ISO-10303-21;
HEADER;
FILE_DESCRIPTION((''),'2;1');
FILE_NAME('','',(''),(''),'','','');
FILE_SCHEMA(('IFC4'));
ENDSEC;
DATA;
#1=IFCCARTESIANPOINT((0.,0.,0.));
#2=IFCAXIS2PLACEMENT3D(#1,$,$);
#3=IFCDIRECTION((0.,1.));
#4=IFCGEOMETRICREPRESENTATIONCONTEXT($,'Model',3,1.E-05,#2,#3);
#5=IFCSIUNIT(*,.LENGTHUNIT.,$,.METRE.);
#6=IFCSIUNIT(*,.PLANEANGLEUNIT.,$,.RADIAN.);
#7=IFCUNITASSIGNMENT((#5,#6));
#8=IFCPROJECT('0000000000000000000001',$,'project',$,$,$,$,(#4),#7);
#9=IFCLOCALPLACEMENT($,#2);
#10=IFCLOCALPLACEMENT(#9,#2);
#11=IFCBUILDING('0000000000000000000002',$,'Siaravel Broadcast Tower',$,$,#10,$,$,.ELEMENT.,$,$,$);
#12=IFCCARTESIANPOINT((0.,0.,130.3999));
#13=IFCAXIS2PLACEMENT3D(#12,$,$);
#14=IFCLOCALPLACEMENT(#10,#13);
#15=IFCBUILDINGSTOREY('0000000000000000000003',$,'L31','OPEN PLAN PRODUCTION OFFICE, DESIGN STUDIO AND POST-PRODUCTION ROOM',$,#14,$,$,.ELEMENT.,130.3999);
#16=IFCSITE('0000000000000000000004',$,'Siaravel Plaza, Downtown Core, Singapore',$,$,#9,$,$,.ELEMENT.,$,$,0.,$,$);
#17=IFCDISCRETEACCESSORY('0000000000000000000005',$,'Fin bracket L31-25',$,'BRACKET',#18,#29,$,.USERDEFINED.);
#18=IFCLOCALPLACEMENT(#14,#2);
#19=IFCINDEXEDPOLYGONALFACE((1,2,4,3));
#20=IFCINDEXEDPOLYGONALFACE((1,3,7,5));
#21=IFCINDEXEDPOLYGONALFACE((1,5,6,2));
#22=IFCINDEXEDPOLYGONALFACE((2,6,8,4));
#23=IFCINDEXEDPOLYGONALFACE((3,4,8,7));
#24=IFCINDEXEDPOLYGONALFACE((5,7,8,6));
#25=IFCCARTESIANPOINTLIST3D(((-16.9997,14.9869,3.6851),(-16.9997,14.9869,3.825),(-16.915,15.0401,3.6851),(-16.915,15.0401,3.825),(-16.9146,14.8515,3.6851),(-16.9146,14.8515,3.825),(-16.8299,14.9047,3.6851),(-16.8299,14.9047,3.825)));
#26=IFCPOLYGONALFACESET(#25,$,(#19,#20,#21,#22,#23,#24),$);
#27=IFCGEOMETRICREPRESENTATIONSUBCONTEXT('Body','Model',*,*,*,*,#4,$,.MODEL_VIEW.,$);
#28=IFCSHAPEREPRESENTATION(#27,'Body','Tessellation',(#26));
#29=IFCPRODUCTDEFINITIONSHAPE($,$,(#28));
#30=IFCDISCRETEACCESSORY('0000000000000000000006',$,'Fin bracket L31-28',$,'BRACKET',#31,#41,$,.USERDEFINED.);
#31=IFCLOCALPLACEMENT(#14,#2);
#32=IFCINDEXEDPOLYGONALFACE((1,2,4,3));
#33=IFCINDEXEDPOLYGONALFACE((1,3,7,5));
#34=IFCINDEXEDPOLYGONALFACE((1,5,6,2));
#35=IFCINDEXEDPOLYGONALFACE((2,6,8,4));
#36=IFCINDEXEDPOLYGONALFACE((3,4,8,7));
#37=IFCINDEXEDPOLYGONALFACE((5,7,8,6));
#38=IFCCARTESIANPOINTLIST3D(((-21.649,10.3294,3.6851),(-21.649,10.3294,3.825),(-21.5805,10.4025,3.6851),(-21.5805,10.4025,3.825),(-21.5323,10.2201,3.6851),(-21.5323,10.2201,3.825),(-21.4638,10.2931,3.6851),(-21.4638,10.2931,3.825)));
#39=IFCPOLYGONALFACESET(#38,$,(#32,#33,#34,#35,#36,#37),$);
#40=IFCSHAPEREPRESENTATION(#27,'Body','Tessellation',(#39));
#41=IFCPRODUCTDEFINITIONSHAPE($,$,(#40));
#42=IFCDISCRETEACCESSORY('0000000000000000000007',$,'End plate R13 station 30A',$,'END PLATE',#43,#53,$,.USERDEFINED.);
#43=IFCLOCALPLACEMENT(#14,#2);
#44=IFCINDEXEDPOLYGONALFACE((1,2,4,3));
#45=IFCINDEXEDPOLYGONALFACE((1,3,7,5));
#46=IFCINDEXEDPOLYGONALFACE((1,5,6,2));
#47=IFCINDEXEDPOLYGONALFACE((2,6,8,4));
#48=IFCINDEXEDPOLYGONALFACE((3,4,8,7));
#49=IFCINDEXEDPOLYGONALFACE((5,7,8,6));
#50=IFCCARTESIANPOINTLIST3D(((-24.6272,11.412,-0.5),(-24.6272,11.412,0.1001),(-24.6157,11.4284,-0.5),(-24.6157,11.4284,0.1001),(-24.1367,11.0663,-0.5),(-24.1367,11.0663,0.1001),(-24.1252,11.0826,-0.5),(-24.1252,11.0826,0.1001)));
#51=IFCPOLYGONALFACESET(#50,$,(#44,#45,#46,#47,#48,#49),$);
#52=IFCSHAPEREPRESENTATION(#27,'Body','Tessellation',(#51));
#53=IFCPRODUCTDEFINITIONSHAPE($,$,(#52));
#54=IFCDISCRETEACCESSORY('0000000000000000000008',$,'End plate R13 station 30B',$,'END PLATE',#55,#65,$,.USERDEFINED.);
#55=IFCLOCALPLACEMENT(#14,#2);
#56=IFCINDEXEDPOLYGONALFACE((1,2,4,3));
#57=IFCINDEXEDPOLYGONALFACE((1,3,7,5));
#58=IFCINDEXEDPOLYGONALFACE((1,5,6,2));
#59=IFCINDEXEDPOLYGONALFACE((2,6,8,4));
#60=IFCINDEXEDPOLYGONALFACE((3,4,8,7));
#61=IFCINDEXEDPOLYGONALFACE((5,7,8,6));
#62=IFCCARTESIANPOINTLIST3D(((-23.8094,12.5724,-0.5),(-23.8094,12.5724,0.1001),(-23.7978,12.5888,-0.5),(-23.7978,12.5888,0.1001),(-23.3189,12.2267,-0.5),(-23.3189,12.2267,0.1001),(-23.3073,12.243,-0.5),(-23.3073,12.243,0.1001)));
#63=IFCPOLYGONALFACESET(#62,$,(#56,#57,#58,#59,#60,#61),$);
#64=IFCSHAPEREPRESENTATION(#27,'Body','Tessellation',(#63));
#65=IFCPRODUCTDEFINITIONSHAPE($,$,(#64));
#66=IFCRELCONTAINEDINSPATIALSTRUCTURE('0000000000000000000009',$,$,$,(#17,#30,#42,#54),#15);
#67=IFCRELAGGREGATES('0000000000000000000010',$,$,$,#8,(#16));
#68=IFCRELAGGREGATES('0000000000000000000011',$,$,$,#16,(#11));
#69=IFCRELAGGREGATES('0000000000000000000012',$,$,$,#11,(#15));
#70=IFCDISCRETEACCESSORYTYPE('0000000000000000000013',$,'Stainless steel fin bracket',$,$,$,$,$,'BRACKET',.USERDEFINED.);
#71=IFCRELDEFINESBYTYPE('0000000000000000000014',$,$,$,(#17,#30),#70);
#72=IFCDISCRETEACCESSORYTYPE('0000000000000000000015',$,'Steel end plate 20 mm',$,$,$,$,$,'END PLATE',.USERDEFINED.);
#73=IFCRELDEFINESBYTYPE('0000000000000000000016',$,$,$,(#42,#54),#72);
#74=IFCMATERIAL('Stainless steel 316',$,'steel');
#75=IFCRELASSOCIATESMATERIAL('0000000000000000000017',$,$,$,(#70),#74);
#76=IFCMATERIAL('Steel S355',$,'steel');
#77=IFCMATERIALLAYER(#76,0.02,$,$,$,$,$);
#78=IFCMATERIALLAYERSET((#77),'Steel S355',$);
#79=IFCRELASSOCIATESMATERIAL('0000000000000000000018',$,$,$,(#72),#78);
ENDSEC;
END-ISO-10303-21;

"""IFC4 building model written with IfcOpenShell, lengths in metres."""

from ifc_helpers import new_model, si_unit, direction, frame, origin, origin_2d, place, context, subcontext, project, spatial, rectangle, extrude, material, layer, layer_set, type_object, element, save


model = new_model("IFC4")

# Units and contexts
model_context = context("Model", 3, precision=1e-05, world=origin(), true_north=direction((0.0, 1.0)))
body_context = subcontext(model_context, "Body", "Model", "MODEL_VIEW")
ifc_project = project(units=[si_unit("LENGTHUNIT", "METRE"), si_unit("PLANEANGLEUNIT", "RADIAN")], contexts=[model_context])

# Site, building, storey
site_placement = place(None, origin())
site = spatial("IfcSite", under=ifc_project, at=site_placement, Name="Siaravel Plaza, Downtown Core, Singapore", CompositionType="ELEMENT", RefElevation=0.0)
building_placement = place(site_placement, origin())
building = spatial("IfcBuilding", under=site, at=building_placement, Name="Siaravel Broadcast Tower", CompositionType="ELEMENT")
storey_placement = place(building_placement, frame((0.0, 0.0, 130.3999)))
storey = spatial("IfcBuildingStorey", under=building, at=storey_placement, Name="L31", Description="OPEN PLAN PRODUCTION OFFICE, DESIGN STUDIO AND POST-PRODUCTION ROOM", CompositionType="ELEMENT", Elevation=130.3999)

# Shared definitions
ifc_material_1 = material(Name="Steel S355", Category="steel")

# Discrete accessories
ifc_material_2 = material(Name="Stainless steel 316", Category="steel")
discrete_accessory_type_1 = type_object("IfcDiscreteAccessoryType", Name="Stainless steel fin bracket", ElementType="BRACKET", PredefinedType="USERDEFINED", material=ifc_material_2)
for number, where, z_axis, x_axis, name in (
    (1, (-16.9148, 14.9458, 3.6851), (0.0, 0.0, 1.0), (-0.532151, 0.84665, 0.0), "Fin bracket L31-25"),
    (2, (-21.5564, 10.3113, 3.6851), (0.0, 0.0, 1.0), (-0.729807, 0.683653, 0.0), "Fin bracket L31-28"),
):
    element("IfcDiscreteAccessory", number, at=place(storey_placement, frame(where, z_axis=z_axis, x_axis=x_axis)), inside=storey, type_object=discrete_accessory_type_1, Name=name, ObjectType="BRACKET", PredefinedType="USERDEFINED", context=body_context, shape_type="SweptSolid", body=[
        extrude(rectangle(XDim=0.1599, YDim=0.1001, at=origin_2d()), origin(), (0.0, 0.0, 1.0), 0.1399),
    ])
ifc_layer_1 = layer(ifc_material_1, 0.02)
ifc_layer_set_1 = layer_set([ifc_layer_1], Name="Steel S355")
discrete_accessory_type_2 = type_object("IfcDiscreteAccessoryType", Name="Steel end plate 20 mm", ElementType="END PLATE", PredefinedType="USERDEFINED", material=ifc_layer_set_1)
for number, where, z_axis, x_axis, name in (
    (3, (-24.3762, 11.2473, -0.5), (0.0, 0.0, 1.0), (-0.57612, -0.817365, 0.0), "End plate R13 station 30A"),
    (4, (-23.5583, 12.4077, -0.5), (0.0, 0.0, 1.0), (-0.57612, -0.817365, 0.0), "End plate R13 station 30B"),
):
    element("IfcDiscreteAccessory", number, at=place(storey_placement, frame(where, z_axis=z_axis, x_axis=x_axis)), inside=storey, type_object=discrete_accessory_type_2, Name=name, ObjectType="END PLATE", PredefinedType="USERDEFINED", context=body_context, shape_type="SweptSolid", body=[
        extrude(rectangle(XDim=0.02, YDim=0.6001, at=origin_2d()), origin(), (0.0, 0.0, 1.0), 0.6001),
    ])

save(model, "model.ifc")
